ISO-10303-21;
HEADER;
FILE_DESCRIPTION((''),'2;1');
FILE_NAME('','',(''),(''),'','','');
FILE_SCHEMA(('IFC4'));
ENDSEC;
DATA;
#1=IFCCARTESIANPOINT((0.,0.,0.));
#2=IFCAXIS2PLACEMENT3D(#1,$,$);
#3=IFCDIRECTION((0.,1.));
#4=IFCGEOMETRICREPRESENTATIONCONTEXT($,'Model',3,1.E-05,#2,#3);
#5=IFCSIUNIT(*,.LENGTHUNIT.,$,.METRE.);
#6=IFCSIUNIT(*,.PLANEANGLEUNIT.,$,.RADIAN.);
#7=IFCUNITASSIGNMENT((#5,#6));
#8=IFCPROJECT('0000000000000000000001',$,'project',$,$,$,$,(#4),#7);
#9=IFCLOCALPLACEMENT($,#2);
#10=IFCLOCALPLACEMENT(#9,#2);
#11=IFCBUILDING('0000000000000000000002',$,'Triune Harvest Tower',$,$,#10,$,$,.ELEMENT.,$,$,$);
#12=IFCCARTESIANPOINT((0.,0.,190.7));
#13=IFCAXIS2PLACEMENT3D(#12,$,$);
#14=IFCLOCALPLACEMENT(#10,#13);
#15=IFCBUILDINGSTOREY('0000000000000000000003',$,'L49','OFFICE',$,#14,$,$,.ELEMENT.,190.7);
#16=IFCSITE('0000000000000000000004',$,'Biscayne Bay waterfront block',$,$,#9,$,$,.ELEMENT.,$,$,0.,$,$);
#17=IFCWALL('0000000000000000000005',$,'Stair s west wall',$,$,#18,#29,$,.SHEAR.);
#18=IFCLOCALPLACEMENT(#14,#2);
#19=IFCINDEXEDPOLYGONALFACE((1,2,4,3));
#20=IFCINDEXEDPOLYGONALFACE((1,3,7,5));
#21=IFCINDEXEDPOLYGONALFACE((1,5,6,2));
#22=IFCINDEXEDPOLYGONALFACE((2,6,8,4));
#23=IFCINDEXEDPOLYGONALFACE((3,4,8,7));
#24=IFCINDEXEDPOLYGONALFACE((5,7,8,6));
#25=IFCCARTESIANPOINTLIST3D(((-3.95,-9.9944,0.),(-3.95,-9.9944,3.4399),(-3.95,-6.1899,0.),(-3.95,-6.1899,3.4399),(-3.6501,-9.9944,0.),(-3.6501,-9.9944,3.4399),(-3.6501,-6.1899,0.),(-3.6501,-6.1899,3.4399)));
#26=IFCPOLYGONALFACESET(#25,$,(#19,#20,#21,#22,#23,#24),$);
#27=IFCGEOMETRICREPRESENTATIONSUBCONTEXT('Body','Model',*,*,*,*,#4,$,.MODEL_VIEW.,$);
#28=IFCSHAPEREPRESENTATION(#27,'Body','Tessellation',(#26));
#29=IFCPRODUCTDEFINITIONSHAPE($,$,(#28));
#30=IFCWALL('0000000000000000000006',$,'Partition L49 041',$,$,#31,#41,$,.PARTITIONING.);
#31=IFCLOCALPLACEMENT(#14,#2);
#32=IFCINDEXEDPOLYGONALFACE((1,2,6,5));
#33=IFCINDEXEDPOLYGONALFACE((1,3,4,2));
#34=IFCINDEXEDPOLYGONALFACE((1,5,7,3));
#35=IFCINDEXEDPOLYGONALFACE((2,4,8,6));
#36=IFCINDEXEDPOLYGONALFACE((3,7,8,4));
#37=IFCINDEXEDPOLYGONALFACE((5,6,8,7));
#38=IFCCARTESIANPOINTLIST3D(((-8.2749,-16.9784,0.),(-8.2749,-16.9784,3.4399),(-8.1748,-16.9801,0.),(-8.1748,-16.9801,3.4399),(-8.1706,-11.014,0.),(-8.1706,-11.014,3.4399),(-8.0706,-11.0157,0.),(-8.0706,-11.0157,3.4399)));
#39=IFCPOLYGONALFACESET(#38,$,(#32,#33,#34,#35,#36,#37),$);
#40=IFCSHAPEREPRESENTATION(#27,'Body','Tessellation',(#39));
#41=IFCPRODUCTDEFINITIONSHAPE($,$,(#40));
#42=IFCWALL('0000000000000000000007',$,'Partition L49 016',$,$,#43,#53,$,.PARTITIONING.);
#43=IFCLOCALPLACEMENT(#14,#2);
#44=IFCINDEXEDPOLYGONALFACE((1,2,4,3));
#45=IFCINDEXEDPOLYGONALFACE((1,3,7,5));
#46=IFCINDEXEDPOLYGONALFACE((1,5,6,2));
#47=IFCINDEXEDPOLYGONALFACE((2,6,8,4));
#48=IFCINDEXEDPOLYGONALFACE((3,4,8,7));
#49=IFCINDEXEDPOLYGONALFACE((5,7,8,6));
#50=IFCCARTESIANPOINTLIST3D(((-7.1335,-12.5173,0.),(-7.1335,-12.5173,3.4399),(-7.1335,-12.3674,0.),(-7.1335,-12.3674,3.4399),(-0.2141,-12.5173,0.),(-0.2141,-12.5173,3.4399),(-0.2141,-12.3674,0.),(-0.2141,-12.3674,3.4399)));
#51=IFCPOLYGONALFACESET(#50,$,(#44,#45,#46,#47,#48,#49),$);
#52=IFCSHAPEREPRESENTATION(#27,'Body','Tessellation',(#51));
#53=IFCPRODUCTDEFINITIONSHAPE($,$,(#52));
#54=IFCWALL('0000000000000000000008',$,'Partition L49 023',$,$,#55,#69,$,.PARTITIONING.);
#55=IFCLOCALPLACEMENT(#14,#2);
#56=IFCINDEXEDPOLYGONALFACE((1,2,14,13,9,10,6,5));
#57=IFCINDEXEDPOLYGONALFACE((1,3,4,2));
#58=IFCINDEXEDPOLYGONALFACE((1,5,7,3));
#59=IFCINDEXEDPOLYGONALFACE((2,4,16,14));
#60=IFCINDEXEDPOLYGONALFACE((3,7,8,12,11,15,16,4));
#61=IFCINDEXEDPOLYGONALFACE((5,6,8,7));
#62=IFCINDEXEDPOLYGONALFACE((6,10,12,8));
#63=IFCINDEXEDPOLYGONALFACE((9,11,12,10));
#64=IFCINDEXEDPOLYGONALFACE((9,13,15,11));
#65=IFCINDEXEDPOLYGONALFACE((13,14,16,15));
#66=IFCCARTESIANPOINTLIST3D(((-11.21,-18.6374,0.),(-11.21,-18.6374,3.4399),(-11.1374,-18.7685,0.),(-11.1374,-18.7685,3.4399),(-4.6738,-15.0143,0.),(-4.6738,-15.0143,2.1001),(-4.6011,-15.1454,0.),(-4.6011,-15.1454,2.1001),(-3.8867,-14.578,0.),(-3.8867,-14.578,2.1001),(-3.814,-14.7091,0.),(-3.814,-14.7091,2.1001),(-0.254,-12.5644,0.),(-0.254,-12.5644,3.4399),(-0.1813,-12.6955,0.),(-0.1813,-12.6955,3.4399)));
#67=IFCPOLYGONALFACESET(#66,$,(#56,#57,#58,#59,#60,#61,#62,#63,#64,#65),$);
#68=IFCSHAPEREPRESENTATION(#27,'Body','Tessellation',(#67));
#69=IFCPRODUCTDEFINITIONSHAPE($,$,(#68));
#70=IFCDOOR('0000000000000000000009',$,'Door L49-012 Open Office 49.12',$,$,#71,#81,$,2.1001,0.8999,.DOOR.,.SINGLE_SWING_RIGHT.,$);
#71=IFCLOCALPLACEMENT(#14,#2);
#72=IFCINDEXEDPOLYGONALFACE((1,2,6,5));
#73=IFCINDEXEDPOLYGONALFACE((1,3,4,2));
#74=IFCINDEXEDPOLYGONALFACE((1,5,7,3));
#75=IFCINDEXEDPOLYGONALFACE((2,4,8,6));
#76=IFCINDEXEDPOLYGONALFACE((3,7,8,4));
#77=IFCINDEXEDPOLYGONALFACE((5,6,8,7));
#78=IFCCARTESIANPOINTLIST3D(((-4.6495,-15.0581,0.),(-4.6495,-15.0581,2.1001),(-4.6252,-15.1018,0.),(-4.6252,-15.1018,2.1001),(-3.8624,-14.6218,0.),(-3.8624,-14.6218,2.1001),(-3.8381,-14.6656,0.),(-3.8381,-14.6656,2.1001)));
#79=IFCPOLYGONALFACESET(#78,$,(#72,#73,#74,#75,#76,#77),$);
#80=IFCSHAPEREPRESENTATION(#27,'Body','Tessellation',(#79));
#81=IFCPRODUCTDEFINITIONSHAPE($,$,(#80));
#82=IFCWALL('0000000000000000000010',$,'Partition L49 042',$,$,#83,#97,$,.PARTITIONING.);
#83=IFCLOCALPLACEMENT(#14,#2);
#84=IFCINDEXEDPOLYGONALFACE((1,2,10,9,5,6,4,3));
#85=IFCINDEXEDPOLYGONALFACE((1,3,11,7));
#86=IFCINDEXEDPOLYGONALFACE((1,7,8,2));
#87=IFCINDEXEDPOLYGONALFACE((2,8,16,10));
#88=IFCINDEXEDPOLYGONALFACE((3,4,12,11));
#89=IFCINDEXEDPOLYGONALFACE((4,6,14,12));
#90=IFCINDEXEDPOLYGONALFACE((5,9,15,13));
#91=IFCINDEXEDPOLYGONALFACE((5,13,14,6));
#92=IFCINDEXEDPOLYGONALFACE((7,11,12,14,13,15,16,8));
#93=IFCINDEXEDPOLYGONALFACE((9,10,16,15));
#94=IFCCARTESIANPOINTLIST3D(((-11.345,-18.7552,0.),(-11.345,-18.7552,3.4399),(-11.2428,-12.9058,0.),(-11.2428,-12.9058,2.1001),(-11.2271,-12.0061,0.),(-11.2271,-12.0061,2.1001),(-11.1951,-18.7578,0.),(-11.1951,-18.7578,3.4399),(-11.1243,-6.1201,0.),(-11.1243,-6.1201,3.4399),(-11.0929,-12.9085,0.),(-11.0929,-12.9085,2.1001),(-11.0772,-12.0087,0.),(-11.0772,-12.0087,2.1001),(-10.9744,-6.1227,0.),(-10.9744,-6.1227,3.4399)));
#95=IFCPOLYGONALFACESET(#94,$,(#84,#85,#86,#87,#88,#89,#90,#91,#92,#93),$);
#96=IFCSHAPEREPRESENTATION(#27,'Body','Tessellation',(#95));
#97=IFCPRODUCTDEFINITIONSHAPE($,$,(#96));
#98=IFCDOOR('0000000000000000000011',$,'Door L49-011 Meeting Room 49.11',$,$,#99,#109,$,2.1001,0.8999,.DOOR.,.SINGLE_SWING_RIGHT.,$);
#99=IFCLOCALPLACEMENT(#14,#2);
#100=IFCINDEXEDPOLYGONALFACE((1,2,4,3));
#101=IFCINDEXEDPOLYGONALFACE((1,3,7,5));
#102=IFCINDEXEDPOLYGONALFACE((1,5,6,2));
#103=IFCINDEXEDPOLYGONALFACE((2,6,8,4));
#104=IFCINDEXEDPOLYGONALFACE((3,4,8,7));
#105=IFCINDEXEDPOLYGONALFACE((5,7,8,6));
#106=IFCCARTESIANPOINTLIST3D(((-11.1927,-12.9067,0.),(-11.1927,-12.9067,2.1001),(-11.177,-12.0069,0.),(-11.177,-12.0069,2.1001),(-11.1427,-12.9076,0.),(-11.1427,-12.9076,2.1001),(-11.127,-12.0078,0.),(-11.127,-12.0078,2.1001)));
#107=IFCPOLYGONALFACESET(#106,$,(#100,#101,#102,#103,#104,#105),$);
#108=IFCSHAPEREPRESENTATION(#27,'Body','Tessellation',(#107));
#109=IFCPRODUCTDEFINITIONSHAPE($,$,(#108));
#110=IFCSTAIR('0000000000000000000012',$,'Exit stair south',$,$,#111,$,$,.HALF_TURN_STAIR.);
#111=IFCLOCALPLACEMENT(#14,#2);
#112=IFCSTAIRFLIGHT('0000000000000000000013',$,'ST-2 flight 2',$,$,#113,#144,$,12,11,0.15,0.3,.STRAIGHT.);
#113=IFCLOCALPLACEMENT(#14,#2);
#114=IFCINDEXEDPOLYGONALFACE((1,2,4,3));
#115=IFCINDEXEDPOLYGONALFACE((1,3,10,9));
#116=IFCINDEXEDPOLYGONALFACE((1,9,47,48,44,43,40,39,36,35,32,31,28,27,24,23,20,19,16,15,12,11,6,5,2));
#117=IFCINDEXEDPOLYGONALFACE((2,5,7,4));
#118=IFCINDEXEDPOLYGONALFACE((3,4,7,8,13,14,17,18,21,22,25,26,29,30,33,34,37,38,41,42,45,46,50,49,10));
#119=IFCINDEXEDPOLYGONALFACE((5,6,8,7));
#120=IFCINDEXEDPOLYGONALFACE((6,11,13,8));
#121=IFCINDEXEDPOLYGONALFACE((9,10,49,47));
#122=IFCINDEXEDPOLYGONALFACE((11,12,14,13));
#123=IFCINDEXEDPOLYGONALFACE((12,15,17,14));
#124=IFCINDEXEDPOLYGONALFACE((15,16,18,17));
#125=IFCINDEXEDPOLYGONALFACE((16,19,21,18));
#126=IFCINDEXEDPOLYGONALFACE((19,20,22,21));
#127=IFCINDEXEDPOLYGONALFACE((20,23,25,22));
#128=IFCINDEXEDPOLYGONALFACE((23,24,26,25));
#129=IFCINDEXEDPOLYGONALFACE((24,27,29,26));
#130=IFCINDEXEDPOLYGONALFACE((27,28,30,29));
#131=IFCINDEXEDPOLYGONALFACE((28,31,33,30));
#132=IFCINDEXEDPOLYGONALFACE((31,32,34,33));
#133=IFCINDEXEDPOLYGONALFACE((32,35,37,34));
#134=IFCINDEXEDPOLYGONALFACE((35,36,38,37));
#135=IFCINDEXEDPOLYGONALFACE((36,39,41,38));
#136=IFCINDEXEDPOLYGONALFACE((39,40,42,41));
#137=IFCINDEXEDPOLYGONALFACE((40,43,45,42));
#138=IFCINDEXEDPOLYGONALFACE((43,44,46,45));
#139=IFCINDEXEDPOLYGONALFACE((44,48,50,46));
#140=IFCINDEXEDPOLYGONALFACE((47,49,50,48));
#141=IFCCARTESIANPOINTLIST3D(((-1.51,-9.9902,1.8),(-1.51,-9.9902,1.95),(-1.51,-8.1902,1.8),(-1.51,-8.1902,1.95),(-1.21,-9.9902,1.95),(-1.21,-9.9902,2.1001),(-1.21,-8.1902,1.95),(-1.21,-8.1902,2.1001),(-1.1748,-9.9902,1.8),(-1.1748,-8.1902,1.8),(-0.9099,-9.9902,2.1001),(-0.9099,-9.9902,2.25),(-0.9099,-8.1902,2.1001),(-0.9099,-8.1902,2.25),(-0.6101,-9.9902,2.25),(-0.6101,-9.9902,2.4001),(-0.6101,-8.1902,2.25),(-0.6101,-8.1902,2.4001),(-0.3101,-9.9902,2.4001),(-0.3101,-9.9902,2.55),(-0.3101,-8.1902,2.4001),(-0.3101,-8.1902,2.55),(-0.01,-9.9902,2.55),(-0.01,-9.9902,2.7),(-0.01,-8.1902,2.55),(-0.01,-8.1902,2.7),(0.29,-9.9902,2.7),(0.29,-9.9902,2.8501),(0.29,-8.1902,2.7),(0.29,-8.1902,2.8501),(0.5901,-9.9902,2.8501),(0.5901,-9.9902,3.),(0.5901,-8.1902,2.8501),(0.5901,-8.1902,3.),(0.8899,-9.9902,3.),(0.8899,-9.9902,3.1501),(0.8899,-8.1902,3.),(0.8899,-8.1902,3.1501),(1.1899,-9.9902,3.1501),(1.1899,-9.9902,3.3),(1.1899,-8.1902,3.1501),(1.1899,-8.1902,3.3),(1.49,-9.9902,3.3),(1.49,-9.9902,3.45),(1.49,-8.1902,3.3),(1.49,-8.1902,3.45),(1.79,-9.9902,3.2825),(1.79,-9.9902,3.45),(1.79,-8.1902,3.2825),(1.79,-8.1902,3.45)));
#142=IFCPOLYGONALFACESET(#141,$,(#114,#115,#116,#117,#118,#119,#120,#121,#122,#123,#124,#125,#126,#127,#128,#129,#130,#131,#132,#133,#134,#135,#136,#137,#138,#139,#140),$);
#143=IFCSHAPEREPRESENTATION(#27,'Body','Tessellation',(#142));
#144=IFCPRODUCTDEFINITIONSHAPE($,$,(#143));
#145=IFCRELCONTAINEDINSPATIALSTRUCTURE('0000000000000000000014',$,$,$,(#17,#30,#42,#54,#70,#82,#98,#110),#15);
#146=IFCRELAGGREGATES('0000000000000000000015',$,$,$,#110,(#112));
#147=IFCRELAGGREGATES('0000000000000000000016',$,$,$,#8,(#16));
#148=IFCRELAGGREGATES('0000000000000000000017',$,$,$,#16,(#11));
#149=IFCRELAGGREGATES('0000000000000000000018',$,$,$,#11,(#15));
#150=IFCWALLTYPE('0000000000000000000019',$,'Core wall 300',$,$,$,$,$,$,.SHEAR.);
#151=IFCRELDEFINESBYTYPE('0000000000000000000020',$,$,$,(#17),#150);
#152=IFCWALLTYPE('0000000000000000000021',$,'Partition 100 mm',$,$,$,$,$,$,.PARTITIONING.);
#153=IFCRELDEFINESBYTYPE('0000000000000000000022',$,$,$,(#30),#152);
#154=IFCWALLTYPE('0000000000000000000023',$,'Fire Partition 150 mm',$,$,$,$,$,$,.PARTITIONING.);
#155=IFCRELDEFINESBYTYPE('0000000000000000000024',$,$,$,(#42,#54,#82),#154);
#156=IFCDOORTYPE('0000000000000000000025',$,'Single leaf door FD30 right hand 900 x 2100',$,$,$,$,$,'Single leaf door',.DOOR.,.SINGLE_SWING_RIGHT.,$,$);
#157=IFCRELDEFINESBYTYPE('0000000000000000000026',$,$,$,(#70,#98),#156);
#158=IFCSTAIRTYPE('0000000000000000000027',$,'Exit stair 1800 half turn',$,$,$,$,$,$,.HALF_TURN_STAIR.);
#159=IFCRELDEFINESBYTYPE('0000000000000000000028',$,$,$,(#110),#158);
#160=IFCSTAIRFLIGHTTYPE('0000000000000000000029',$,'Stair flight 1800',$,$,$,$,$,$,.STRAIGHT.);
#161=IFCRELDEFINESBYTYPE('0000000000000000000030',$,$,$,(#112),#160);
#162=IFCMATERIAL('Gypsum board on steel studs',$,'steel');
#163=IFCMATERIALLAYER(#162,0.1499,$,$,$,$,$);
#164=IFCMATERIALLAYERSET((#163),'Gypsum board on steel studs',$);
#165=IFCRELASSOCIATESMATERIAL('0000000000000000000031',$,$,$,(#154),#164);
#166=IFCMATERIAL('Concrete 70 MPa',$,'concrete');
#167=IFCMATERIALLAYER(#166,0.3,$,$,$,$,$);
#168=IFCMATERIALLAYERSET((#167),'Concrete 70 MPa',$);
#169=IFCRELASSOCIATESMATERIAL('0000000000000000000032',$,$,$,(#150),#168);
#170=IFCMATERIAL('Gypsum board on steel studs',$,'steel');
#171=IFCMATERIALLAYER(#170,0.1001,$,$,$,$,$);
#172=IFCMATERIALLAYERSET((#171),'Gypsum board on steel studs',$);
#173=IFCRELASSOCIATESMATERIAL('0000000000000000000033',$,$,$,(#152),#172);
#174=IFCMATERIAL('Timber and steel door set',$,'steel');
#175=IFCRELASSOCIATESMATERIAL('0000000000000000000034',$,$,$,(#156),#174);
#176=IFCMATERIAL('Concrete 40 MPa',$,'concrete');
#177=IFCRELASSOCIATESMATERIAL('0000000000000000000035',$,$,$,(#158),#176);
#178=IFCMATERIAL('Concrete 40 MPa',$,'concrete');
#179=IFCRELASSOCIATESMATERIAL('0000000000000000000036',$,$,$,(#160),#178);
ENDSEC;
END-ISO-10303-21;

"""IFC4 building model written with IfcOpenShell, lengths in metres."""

from ifc_helpers import new_model, si_unit, direction, frame, frame_2d, origin, place, context, subcontext, project, spatial, polyline, rectangle, outline, extrude, source, transform, mapped, material, layer, layer_set, type_object, element, fill, aggregate, save


model = new_model("IFC4")

# Units and contexts
model_context = context("Model", 3, precision=1e-05, world=origin(), true_north=direction((0.0, 1.0)))
body_context = subcontext(model_context, "Body", "Model", "MODEL_VIEW")
ifc_project = project(units=[si_unit("LENGTHUNIT", "METRE"), si_unit("PLANEANGLEUNIT", "RADIAN")], contexts=[model_context])

# Site, building, storey
site_placement = place(None, origin())
site = spatial("IfcSite", under=ifc_project, at=site_placement, Name="Biscayne Bay waterfront block", CompositionType="ELEMENT", RefElevation=0.0)
building_placement = place(site_placement, origin())
building = spatial("IfcBuilding", under=site, at=building_placement, Name="Triune Harvest Tower", CompositionType="ELEMENT")
storey_placement = place(building_placement, frame((0.0, 0.0, 190.7)))
storey = spatial("IfcBuildingStorey", under=building, at=storey_placement, Name="L49", Description="OFFICE", CompositionType="ELEMENT", Elevation=190.7)

# Shared definitions
ifc_material_1 = material(Name="Gypsum board on steel studs", Category="steel")
ifc_layer_1 = layer(ifc_material_1, 0.1499)
ifc_layer_set_1 = layer_set([ifc_layer_1], Name="Gypsum board on steel studs")
wall_type_1 = type_object("IfcWallType", Name="Fire Partition 150 mm", PredefinedType="PARTITIONING", material=ifc_layer_set_1)

# Shared definitions
ifc_material_2 = material(Name="Concrete 70 MPa", Category="concrete")
ifc_layer_2 = layer(ifc_material_2, 0.3)
ifc_layer_set_2 = layer_set([ifc_layer_2], Name="Concrete 70 MPa")
wall_type_2 = type_object("IfcWallType", Name="Core wall 300", PredefinedType="SHEAR", material=ifc_layer_set_2)

# Walls
shared_shape_1 = source(origin(), body_context, "Body", "SweptSolid", [
    extrude(outline(polyline([(3.8, -0.1499), (-0.0044, -0.1499), (-0.0044, 0.1499), (3.8, 0.1499), (3.8, -0.1499)])), origin(), (0.0, 0.0, 1.0), 3.4399),
])
wall_1_placement = place(storey_placement, frame((-3.8, -9.99, 0.0), z_axis=(0.0, 0.0, 1.0), x_axis=(0.0, 1.0, 0.0)))
element("IfcWall", 1, at=wall_1_placement, inside=storey, type_object=wall_type_2, Name="Stair s west wall", PredefinedType="SHEAR", context=body_context, shape_type="MappedRepresentation", body=[
    mapped(shared_shape_1, transform((0.0, 0.0, 0.0), scale=1.0)),
])
ifc_material_3 = material(Name="Gypsum board on steel studs", Category="steel")
ifc_layer_3 = layer(ifc_material_3, 0.1001)
ifc_layer_set_3 = layer_set([ifc_layer_3], Name="Gypsum board on steel studs")
wall_type_3 = type_object("IfcWallType", Name="Partition 100 mm", PredefinedType="PARTITIONING", material=ifc_layer_set_3)
shared_shape_2 = source(origin(), body_context, "Body", "SweptSolid", [
    extrude(rectangle(XDim=5.9653, YDim=0.1001, at=frame_2d((2.9827, 0.0))), origin(), (0.0, 0.0, 1.0), 3.4399),
])
wall_2_placement = place(storey_placement, frame((-8.2249, -16.9792, 0.0), z_axis=(0.0, 0.0, 1.0), x_axis=(0.017476, 0.999847, 0.0)))
element("IfcWall", 2, at=wall_2_placement, inside=storey, type_object=wall_type_3, Name="Partition L49 041", PredefinedType="PARTITIONING", context=body_context, shape_type="MappedRepresentation", body=[
    mapped(shared_shape_2, transform((0.0, 0.0, 0.0), scale=1.0)),
])
shared_shape_3 = source(origin(), body_context, "Body", "SweptSolid", [
    extrude(rectangle(XDim=6.9194, YDim=0.1499, at=frame_2d((3.4597, 0.0))), origin(), (0.0, 0.0, 1.0), 3.4399),
])
wall_3_placement = place(storey_placement, frame((-7.1335, -12.4424, 0.0), z_axis=(0.0, 0.0, 1.0), x_axis=(1.0, 0.0, 0.0)))
element("IfcWall", 3, at=wall_3_placement, inside=storey, type_object=wall_type_1, Name="Partition L49 016", PredefinedType="PARTITIONING", context=body_context, shape_type="MappedRepresentation", body=[
    mapped(shared_shape_3, transform((0.0, 0.0, 0.0), scale=1.0)),
])

# Walls, openings, doors
shared_shape_4 = source(origin(), body_context, "Body", "SweptSolid", [
    extrude(rectangle(XDim=12.5266, YDim=0.1499, at=frame_2d((6.2632, 0.0))), origin(), (0.0, 0.0, 1.0), 3.4399),
])
wall_4_placement = place(storey_placement, frame((-11.1736, -18.7029, 0.0), z_axis=(0.0, 0.0, 1.0), x_axis=(0.874621, 0.484807, 0.0)))
wall_4 = element("IfcWall", 4, at=wall_4_placement, inside=storey, type_object=wall_type_1, Name="Partition L49 023", PredefinedType="PARTITIONING", context=body_context, shape_type="MappedRepresentation", body=[
    mapped(shared_shape_4, transform((0.0, 0.0, 0.0), scale=1.0)),
])
opening_1_placement = place(wall_4_placement, frame((7.4731, 0.0, 0.0)))
opening_1 = element("IfcOpeningElement", 5, at=opening_1_placement, cuts=wall_4, PredefinedType="OPENING", context=body_context, shape_type="SweptSolid", body=[
    extrude(rectangle(XDim=0.8999, YDim=2.1001, at=frame_2d((0.45, 1.05))), frame((0.0, 0.085, 0.0), z_axis=(0.0, -1.0, 0.0), x_axis=(1.0, 0.0, 0.0)), (0.0, 0.0, 1.0), 0.1699),
])
ifc_material_4 = material(Name="Timber and steel door set", Category="steel")
door_type_1 = type_object("IfcDoorType", Name="Single leaf door FD30 right hand 900 x 2100", ElementType="Single leaf door", OperationType="SINGLE_SWING_RIGHT", PredefinedType="DOOR", material=ifc_material_4)
door_1_placement = place(opening_1_placement, origin())
door_1 = element("IfcDoor", 6, at=door_1_placement, inside=storey, type_object=door_type_1, Name="Door L49-012 Open Office 49.12", OperationType="SINGLE_SWING_RIGHT", OverallHeight=2.1001, OverallWidth=0.8999, PredefinedType="DOOR", context=body_context, shape_type="SweptSolid", body=[
    extrude(rectangle(XDim=0.8999, YDim=2.1001, at=frame_2d((0.45, 1.05))), frame((0.0, 0.0249, 0.0), z_axis=(0.0, -1.0, 0.0), x_axis=(1.0, 0.0, 0.0)), (0.0, 0.0, 1.0), 0.05),
])
fill(opening_1, door_1)
shared_shape_5 = source(origin(), body_context, "Body", "SweptSolid", [
    extrude(rectangle(XDim=12.637, YDim=0.1499, at=frame_2d((6.3184, 0.0))), origin(), (0.0, 0.0, 1.0), 3.4399),
])
wall_5_placement = place(storey_placement, frame((-11.27, -18.7563, 0.0), z_axis=(0.0, 0.0, 1.0), x_axis=(0.017465, 0.999847, 0.0)))
wall_5 = element("IfcWall", 7, at=wall_5_placement, inside=storey, type_object=wall_type_1, Name="Partition L49 042", PredefinedType="PARTITIONING", context=body_context, shape_type="MappedRepresentation", body=[
    mapped(shared_shape_5, transform((0.0, 0.0, 0.0), scale=1.0)),
])
opening_2_placement = place(wall_5_placement, frame((5.8501, 0.0, 0.0)))
opening_2 = element("IfcOpeningElement", 8, at=opening_2_placement, cuts=wall_5, PredefinedType="OPENING", context=body_context, shape_type="SweptSolid", body=[
    extrude(rectangle(XDim=0.8999, YDim=2.1001, at=frame_2d((0.45, 1.05))), frame((0.0, 0.085, 0.0), z_axis=(0.0, -1.0, 0.0), x_axis=(1.0, 0.0, 0.0)), (0.0, 0.0, 1.0), 0.1699),
])
door_2_placement = place(opening_2_placement, origin())
door_2 = element("IfcDoor", 9, at=door_2_placement, inside=storey, type_object=door_type_1, Name="Door L49-011 Meeting Room 49.11", OperationType="SINGLE_SWING_RIGHT", OverallHeight=2.1001, OverallWidth=0.8999, PredefinedType="DOOR", context=body_context, shape_type="SweptSolid", body=[
    extrude(rectangle(XDim=0.8999, YDim=2.1001, at=frame_2d((0.45, 1.05))), frame((0.0, 0.0249, 0.0), z_axis=(0.0, -1.0, 0.0), x_axis=(1.0, 0.0, 0.0)), (0.0, 0.0, 1.0), 0.05),
])
fill(opening_2, door_2)

# Stair, stair flight
ifc_material_5 = material(Name="Concrete 40 MPa", Category="concrete")
stair_type = type_object("IfcStairType", Name="Exit stair 1800 half turn", PredefinedType="HALF_TURN_STAIR", material=ifc_material_5)
stair_placement = place(storey_placement, origin())
stair = element("IfcStair", 10, at=stair_placement, inside=storey, type_object=stair_type, Name="Exit stair south", PredefinedType="HALF_TURN_STAIR")
ifc_material_6 = material(Name="Concrete 40 MPa", Category="concrete")
stair_flight_type = type_object("IfcStairFlightType", Name="Stair flight 1800", PredefinedType="STRAIGHT", material=ifc_material_6)
shared_shape_6 = source(origin(), body_context, "Body", "SweptSolid", [
    extrude(outline(polyline([(0.0, 0.0), (0.0, 0.1499), (0.3, 0.1499), (0.3, 0.3), (0.6001, 0.3), (0.6001, 0.45), (0.8999, 0.45), (0.8999, 0.6001), (1.2, 0.6001), (1.2, 0.75), (1.5, 0.75), (1.5, 0.8999), (1.8, 0.8999), (1.8, 1.05), (2.1001, 1.05), (2.1001, 1.2), (2.3999, 1.2), (2.3999, 1.3501), (2.7, 1.3501), (2.7, 1.5), (3.0, 1.5), (3.0, 1.6499), (3.3, 1.6499), (3.3, 1.8), (3.3, 1.4824), (0.3352, 0.0), (0.0, 0.0)])), frame((0.0, 0.8999, 0.0), z_axis=(0.0, -1.0, 0.0), x_axis=(1.0, 0.0, 0.0)), (0.0, 0.0, 1.0), 1.8),
])
stair_flight_placement = place(storey_placement, frame((-1.51, -9.0901, 1.8), z_axis=(0.0, 0.0, 1.0), x_axis=(1.0, 0.0, 0.0)))
stair_flight = element("IfcStairFlight", 11, at=stair_flight_placement, type_object=stair_flight_type, Name="ST-2 flight 2", NumberOfRisers=12, NumberOfTreads=11, PredefinedType="STRAIGHT", RiserHeight=0.15, TreadLength=0.3, context=body_context, shape_type="MappedRepresentation", body=[
    mapped(shared_shape_6, transform((0.0, 0.0, 0.0), scale=1.0)),
])
aggregate(stair, [stair_flight])

save(model, "model.ifc")
